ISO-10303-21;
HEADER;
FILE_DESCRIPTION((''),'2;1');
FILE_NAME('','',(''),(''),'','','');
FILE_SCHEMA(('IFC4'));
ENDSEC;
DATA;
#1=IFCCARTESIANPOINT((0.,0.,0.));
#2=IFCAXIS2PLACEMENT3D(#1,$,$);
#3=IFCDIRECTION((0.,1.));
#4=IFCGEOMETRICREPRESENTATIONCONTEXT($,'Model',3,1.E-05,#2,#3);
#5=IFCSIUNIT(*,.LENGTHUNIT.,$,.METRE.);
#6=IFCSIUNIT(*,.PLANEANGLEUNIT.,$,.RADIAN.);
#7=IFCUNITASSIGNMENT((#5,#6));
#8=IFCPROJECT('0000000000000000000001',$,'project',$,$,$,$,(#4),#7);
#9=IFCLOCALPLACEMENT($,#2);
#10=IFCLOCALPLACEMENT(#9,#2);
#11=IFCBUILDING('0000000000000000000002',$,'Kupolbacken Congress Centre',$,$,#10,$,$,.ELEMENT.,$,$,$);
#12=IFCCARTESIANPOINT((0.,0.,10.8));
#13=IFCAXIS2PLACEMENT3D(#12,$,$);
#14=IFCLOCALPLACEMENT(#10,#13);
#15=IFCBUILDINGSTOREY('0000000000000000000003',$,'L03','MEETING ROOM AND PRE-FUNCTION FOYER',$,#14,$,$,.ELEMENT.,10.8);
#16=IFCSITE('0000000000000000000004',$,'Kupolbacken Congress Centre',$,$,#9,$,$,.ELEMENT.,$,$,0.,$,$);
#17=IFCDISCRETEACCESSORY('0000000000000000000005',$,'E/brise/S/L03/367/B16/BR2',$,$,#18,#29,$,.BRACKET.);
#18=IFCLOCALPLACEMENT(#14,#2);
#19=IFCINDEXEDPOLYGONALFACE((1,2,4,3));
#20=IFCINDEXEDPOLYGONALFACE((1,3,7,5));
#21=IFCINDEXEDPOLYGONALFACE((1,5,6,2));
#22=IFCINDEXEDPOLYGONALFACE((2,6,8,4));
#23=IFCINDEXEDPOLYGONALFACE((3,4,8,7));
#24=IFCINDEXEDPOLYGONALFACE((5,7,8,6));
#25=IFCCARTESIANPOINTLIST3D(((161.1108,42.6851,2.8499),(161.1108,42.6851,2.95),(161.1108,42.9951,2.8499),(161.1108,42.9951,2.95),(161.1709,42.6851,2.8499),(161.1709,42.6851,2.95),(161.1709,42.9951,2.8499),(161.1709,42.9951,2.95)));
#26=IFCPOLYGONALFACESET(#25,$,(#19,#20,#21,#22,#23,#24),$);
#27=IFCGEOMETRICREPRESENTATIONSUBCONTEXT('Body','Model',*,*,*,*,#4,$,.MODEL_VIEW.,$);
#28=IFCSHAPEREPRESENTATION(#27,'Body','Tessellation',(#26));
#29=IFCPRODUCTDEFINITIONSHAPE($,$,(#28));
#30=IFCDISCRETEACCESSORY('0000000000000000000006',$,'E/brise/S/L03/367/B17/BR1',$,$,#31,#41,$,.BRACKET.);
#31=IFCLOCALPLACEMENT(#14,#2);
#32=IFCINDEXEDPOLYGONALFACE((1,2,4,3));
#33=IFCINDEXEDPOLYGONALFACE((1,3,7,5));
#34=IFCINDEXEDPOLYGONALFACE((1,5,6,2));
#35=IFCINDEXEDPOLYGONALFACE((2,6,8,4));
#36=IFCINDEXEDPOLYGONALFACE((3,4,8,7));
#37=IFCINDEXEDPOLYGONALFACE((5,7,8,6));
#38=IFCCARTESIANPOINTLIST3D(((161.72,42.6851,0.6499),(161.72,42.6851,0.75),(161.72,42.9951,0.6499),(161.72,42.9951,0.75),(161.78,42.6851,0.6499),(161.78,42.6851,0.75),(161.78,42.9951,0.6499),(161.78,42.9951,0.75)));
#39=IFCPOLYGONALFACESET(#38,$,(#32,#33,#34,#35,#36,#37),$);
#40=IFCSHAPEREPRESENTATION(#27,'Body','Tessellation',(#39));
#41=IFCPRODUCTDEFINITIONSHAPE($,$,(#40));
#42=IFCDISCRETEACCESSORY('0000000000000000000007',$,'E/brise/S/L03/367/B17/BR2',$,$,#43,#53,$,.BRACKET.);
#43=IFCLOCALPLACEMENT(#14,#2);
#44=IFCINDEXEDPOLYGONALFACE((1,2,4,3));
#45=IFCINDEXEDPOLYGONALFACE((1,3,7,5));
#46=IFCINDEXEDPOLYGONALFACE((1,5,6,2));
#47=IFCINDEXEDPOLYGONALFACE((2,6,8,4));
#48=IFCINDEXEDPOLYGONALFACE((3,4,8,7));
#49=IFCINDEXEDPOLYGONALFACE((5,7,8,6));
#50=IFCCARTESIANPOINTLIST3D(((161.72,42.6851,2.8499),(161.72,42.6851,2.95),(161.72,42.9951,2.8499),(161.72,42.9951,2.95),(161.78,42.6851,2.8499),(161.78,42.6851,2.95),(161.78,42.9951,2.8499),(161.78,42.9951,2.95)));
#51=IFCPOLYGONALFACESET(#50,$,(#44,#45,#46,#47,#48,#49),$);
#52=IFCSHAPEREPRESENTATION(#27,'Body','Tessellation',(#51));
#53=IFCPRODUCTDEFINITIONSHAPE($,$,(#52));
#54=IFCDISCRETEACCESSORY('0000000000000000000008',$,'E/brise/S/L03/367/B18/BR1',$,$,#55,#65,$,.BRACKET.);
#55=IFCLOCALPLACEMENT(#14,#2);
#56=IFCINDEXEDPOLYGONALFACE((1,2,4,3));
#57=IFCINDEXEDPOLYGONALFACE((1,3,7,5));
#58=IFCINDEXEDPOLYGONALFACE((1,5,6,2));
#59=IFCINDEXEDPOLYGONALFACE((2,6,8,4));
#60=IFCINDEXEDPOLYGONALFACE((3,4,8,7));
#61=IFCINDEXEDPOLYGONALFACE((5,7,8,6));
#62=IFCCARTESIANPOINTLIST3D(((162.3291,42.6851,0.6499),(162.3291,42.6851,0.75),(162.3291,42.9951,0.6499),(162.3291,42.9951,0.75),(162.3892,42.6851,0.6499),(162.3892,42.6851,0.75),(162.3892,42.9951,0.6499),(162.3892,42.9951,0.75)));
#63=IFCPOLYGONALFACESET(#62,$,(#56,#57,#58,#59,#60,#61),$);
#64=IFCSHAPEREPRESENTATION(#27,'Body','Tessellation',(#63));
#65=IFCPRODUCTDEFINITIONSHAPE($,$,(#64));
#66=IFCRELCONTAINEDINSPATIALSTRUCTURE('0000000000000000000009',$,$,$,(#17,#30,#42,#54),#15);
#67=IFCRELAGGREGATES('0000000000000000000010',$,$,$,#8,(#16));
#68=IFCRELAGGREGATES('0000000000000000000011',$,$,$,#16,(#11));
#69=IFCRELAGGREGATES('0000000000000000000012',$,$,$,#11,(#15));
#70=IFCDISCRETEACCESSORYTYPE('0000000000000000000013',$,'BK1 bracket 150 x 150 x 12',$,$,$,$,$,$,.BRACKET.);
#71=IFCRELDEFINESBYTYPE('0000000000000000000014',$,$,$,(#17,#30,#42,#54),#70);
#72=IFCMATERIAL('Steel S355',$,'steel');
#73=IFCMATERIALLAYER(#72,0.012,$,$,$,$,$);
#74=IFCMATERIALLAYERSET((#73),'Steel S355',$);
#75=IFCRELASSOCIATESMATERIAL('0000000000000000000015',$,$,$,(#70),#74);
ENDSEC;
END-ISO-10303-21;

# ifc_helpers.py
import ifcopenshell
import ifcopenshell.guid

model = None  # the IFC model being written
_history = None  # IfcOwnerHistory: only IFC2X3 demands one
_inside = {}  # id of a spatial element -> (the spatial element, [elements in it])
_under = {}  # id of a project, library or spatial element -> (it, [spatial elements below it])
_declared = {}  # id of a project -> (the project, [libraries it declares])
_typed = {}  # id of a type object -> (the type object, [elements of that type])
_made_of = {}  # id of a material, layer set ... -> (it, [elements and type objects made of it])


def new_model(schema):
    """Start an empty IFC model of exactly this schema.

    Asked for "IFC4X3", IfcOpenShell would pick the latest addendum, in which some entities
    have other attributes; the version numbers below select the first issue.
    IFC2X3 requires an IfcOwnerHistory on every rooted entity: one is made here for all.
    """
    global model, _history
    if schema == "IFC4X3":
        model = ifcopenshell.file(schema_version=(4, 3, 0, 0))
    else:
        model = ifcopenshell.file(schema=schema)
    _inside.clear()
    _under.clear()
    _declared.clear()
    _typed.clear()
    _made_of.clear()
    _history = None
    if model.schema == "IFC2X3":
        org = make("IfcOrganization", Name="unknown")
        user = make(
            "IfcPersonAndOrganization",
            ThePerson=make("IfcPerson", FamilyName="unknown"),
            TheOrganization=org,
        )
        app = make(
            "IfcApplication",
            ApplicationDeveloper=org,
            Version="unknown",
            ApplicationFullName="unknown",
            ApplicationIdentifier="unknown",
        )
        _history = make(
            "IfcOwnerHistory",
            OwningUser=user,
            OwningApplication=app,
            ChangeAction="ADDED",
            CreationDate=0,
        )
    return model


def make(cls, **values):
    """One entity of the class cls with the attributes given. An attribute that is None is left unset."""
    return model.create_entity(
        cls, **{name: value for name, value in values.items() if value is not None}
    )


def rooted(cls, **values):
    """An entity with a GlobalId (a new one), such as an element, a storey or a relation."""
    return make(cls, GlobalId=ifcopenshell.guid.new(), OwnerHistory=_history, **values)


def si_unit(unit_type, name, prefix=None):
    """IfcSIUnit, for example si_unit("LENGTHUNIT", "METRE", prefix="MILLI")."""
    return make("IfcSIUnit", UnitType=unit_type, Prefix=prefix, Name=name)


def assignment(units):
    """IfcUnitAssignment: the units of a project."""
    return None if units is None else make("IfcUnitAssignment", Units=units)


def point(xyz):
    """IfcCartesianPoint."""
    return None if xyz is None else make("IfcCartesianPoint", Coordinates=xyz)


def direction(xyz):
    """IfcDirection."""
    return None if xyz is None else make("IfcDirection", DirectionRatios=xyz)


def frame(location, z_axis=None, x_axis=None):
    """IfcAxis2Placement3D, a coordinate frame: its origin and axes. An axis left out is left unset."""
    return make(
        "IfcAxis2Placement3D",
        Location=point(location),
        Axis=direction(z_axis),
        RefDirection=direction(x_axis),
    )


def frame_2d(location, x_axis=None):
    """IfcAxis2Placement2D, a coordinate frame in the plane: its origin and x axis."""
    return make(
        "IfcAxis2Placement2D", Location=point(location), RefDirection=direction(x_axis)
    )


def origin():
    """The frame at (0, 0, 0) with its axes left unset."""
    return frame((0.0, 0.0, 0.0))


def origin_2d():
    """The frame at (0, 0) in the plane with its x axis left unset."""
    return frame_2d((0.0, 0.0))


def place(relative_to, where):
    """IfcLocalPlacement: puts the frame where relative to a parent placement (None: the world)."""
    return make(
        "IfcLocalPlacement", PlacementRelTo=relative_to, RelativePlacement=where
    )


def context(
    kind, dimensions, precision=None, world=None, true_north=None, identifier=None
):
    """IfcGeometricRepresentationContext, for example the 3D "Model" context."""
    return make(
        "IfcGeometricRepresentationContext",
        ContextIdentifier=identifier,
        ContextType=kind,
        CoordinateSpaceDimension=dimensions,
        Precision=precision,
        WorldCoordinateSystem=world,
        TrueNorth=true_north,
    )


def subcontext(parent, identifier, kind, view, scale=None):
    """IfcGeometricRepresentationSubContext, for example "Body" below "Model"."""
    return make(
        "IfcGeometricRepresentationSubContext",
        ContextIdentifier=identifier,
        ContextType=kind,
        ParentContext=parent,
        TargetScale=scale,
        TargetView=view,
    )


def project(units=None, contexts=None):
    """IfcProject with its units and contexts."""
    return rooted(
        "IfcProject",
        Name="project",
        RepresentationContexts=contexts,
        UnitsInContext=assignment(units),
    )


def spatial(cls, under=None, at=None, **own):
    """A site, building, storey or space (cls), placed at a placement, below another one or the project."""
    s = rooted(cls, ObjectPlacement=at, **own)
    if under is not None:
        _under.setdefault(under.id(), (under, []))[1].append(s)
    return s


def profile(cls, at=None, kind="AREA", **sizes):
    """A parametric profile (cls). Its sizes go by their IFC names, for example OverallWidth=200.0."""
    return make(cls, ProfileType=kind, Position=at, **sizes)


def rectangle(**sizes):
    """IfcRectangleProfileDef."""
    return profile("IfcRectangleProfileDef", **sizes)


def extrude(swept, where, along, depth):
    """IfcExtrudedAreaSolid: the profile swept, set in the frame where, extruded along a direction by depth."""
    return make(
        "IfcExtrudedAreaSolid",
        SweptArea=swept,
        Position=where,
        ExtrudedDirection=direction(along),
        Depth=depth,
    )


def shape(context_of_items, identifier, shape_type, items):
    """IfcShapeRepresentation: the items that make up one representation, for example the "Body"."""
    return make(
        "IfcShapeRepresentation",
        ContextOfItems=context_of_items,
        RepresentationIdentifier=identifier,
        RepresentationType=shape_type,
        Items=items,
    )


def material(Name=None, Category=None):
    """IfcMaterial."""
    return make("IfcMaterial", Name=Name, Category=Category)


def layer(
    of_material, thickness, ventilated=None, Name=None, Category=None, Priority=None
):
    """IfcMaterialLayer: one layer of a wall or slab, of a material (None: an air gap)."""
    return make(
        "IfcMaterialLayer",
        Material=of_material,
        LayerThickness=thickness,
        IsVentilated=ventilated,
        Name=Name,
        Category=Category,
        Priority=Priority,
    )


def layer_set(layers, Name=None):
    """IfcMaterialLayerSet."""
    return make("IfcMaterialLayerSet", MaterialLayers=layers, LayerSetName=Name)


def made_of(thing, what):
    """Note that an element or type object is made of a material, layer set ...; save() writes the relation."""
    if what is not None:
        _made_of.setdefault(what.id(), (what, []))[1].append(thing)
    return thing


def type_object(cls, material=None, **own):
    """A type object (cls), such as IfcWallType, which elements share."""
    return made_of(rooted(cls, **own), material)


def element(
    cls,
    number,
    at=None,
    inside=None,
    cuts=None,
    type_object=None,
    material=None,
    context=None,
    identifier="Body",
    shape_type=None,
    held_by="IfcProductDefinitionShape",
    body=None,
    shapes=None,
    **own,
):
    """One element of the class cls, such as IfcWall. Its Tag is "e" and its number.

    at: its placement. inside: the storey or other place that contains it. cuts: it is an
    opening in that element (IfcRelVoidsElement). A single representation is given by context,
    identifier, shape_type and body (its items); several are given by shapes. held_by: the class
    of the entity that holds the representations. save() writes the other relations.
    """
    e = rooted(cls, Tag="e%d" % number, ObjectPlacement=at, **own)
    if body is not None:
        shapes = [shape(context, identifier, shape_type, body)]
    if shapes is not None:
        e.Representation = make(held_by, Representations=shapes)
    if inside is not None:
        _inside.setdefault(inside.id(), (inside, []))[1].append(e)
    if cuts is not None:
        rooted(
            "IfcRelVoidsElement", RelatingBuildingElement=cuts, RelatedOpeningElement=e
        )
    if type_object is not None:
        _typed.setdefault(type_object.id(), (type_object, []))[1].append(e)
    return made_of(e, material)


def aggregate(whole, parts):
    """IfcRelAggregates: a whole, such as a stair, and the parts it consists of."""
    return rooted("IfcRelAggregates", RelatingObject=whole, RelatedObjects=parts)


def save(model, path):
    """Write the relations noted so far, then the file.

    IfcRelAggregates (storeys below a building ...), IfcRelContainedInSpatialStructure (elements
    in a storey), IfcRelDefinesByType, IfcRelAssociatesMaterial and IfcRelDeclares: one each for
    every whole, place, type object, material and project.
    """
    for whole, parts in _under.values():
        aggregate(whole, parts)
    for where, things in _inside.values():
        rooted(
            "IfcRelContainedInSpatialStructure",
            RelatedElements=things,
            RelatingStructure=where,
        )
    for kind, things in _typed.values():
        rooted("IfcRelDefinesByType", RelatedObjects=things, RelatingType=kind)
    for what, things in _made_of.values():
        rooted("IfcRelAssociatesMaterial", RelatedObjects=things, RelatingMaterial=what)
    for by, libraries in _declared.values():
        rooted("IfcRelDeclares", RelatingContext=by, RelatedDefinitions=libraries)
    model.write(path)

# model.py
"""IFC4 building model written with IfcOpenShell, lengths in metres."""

from ifc_helpers import new_model, si_unit, direction, frame, origin, origin_2d, place, context, subcontext, project, spatial, rectangle, extrude, material, layer, layer_set, type_object, element, save


model = new_model("IFC4")

# Units and contexts
model_context = context("Model", 3, precision=1e-05, world=origin(), true_north=direction((0.0, 1.0)))
body_context = subcontext(model_context, "Body", "Model", "MODEL_VIEW")
ifc_project = project(units=[si_unit("LENGTHUNIT", "METRE"), si_unit("PLANEANGLEUNIT", "RADIAN")], contexts=[model_context])

# Site, building, storey
site_placement = place(None, origin())
site = spatial("IfcSite", under=ifc_project, at=site_placement, Name="Kupolbacken Congress Centre", CompositionType="ELEMENT", RefElevation=0.0)
building_placement = place(site_placement, origin())
building = spatial("IfcBuilding", under=site, at=building_placement, Name="Kupolbacken Congress Centre", CompositionType="ELEMENT")
storey_placement = place(building_placement, frame((0.0, 0.0, 10.8)))
storey = spatial("IfcBuildingStorey", under=building, at=storey_placement, Name="L03", Description="MEETING ROOM AND PRE-FUNCTION FOYER", CompositionType="ELEMENT", Elevation=10.8)

# Discrete accessories
ifc_material_1 = material(Name="Steel S355", Category="steel")
ifc_layer_1 = layer(ifc_material_1, 0.012)
ifc_layer_set_1 = layer_set([ifc_layer_1], Name="Steel S355")
discrete_accessory_type = type_object("IfcDiscreteAccessoryType", Name="BK1 bracket 150 x 150 x 12", PredefinedType="BRACKET", material=ifc_layer_set_1)
for number, where, z_axis, x_axis, name in (
    (1, (161.1409, 42.8401, 2.8499), (0.0, 0.0, 1.0), (1.0, 0.0, 0.0), "E/brise/S/L03/367/B16/BR2"),
    (2, (161.75, 42.8401, 0.6499), (0.0, 0.0, 1.0), (1.0, 0.0, 0.0), "E/brise/S/L03/367/B17/BR1"),
    (3, (161.75, 42.8401, 2.8499), (0.0, 0.0, 1.0), (1.0, 0.0, 0.0), "E/brise/S/L03/367/B17/BR2"),
    (4, (162.3591, 42.8401, 0.6499), (0.0, 0.0, 1.0), (1.0, 0.0, 0.0), "E/brise/S/L03/367/B18/BR1"),
):
    element("IfcDiscreteAccessory", number, at=place(storey_placement, frame(where, z_axis=z_axis, x_axis=x_axis)), inside=storey, type_object=discrete_accessory_type, Name=name, PredefinedType="BRACKET", context=body_context, shape_type="SweptSolid", body=[
        extrude(rectangle(XDim=0.0601, YDim=0.3101, at=origin_2d()), origin(), (0.0, 0.0, 1.0), 0.1001),
    ])

save(model, "model.ifc")
